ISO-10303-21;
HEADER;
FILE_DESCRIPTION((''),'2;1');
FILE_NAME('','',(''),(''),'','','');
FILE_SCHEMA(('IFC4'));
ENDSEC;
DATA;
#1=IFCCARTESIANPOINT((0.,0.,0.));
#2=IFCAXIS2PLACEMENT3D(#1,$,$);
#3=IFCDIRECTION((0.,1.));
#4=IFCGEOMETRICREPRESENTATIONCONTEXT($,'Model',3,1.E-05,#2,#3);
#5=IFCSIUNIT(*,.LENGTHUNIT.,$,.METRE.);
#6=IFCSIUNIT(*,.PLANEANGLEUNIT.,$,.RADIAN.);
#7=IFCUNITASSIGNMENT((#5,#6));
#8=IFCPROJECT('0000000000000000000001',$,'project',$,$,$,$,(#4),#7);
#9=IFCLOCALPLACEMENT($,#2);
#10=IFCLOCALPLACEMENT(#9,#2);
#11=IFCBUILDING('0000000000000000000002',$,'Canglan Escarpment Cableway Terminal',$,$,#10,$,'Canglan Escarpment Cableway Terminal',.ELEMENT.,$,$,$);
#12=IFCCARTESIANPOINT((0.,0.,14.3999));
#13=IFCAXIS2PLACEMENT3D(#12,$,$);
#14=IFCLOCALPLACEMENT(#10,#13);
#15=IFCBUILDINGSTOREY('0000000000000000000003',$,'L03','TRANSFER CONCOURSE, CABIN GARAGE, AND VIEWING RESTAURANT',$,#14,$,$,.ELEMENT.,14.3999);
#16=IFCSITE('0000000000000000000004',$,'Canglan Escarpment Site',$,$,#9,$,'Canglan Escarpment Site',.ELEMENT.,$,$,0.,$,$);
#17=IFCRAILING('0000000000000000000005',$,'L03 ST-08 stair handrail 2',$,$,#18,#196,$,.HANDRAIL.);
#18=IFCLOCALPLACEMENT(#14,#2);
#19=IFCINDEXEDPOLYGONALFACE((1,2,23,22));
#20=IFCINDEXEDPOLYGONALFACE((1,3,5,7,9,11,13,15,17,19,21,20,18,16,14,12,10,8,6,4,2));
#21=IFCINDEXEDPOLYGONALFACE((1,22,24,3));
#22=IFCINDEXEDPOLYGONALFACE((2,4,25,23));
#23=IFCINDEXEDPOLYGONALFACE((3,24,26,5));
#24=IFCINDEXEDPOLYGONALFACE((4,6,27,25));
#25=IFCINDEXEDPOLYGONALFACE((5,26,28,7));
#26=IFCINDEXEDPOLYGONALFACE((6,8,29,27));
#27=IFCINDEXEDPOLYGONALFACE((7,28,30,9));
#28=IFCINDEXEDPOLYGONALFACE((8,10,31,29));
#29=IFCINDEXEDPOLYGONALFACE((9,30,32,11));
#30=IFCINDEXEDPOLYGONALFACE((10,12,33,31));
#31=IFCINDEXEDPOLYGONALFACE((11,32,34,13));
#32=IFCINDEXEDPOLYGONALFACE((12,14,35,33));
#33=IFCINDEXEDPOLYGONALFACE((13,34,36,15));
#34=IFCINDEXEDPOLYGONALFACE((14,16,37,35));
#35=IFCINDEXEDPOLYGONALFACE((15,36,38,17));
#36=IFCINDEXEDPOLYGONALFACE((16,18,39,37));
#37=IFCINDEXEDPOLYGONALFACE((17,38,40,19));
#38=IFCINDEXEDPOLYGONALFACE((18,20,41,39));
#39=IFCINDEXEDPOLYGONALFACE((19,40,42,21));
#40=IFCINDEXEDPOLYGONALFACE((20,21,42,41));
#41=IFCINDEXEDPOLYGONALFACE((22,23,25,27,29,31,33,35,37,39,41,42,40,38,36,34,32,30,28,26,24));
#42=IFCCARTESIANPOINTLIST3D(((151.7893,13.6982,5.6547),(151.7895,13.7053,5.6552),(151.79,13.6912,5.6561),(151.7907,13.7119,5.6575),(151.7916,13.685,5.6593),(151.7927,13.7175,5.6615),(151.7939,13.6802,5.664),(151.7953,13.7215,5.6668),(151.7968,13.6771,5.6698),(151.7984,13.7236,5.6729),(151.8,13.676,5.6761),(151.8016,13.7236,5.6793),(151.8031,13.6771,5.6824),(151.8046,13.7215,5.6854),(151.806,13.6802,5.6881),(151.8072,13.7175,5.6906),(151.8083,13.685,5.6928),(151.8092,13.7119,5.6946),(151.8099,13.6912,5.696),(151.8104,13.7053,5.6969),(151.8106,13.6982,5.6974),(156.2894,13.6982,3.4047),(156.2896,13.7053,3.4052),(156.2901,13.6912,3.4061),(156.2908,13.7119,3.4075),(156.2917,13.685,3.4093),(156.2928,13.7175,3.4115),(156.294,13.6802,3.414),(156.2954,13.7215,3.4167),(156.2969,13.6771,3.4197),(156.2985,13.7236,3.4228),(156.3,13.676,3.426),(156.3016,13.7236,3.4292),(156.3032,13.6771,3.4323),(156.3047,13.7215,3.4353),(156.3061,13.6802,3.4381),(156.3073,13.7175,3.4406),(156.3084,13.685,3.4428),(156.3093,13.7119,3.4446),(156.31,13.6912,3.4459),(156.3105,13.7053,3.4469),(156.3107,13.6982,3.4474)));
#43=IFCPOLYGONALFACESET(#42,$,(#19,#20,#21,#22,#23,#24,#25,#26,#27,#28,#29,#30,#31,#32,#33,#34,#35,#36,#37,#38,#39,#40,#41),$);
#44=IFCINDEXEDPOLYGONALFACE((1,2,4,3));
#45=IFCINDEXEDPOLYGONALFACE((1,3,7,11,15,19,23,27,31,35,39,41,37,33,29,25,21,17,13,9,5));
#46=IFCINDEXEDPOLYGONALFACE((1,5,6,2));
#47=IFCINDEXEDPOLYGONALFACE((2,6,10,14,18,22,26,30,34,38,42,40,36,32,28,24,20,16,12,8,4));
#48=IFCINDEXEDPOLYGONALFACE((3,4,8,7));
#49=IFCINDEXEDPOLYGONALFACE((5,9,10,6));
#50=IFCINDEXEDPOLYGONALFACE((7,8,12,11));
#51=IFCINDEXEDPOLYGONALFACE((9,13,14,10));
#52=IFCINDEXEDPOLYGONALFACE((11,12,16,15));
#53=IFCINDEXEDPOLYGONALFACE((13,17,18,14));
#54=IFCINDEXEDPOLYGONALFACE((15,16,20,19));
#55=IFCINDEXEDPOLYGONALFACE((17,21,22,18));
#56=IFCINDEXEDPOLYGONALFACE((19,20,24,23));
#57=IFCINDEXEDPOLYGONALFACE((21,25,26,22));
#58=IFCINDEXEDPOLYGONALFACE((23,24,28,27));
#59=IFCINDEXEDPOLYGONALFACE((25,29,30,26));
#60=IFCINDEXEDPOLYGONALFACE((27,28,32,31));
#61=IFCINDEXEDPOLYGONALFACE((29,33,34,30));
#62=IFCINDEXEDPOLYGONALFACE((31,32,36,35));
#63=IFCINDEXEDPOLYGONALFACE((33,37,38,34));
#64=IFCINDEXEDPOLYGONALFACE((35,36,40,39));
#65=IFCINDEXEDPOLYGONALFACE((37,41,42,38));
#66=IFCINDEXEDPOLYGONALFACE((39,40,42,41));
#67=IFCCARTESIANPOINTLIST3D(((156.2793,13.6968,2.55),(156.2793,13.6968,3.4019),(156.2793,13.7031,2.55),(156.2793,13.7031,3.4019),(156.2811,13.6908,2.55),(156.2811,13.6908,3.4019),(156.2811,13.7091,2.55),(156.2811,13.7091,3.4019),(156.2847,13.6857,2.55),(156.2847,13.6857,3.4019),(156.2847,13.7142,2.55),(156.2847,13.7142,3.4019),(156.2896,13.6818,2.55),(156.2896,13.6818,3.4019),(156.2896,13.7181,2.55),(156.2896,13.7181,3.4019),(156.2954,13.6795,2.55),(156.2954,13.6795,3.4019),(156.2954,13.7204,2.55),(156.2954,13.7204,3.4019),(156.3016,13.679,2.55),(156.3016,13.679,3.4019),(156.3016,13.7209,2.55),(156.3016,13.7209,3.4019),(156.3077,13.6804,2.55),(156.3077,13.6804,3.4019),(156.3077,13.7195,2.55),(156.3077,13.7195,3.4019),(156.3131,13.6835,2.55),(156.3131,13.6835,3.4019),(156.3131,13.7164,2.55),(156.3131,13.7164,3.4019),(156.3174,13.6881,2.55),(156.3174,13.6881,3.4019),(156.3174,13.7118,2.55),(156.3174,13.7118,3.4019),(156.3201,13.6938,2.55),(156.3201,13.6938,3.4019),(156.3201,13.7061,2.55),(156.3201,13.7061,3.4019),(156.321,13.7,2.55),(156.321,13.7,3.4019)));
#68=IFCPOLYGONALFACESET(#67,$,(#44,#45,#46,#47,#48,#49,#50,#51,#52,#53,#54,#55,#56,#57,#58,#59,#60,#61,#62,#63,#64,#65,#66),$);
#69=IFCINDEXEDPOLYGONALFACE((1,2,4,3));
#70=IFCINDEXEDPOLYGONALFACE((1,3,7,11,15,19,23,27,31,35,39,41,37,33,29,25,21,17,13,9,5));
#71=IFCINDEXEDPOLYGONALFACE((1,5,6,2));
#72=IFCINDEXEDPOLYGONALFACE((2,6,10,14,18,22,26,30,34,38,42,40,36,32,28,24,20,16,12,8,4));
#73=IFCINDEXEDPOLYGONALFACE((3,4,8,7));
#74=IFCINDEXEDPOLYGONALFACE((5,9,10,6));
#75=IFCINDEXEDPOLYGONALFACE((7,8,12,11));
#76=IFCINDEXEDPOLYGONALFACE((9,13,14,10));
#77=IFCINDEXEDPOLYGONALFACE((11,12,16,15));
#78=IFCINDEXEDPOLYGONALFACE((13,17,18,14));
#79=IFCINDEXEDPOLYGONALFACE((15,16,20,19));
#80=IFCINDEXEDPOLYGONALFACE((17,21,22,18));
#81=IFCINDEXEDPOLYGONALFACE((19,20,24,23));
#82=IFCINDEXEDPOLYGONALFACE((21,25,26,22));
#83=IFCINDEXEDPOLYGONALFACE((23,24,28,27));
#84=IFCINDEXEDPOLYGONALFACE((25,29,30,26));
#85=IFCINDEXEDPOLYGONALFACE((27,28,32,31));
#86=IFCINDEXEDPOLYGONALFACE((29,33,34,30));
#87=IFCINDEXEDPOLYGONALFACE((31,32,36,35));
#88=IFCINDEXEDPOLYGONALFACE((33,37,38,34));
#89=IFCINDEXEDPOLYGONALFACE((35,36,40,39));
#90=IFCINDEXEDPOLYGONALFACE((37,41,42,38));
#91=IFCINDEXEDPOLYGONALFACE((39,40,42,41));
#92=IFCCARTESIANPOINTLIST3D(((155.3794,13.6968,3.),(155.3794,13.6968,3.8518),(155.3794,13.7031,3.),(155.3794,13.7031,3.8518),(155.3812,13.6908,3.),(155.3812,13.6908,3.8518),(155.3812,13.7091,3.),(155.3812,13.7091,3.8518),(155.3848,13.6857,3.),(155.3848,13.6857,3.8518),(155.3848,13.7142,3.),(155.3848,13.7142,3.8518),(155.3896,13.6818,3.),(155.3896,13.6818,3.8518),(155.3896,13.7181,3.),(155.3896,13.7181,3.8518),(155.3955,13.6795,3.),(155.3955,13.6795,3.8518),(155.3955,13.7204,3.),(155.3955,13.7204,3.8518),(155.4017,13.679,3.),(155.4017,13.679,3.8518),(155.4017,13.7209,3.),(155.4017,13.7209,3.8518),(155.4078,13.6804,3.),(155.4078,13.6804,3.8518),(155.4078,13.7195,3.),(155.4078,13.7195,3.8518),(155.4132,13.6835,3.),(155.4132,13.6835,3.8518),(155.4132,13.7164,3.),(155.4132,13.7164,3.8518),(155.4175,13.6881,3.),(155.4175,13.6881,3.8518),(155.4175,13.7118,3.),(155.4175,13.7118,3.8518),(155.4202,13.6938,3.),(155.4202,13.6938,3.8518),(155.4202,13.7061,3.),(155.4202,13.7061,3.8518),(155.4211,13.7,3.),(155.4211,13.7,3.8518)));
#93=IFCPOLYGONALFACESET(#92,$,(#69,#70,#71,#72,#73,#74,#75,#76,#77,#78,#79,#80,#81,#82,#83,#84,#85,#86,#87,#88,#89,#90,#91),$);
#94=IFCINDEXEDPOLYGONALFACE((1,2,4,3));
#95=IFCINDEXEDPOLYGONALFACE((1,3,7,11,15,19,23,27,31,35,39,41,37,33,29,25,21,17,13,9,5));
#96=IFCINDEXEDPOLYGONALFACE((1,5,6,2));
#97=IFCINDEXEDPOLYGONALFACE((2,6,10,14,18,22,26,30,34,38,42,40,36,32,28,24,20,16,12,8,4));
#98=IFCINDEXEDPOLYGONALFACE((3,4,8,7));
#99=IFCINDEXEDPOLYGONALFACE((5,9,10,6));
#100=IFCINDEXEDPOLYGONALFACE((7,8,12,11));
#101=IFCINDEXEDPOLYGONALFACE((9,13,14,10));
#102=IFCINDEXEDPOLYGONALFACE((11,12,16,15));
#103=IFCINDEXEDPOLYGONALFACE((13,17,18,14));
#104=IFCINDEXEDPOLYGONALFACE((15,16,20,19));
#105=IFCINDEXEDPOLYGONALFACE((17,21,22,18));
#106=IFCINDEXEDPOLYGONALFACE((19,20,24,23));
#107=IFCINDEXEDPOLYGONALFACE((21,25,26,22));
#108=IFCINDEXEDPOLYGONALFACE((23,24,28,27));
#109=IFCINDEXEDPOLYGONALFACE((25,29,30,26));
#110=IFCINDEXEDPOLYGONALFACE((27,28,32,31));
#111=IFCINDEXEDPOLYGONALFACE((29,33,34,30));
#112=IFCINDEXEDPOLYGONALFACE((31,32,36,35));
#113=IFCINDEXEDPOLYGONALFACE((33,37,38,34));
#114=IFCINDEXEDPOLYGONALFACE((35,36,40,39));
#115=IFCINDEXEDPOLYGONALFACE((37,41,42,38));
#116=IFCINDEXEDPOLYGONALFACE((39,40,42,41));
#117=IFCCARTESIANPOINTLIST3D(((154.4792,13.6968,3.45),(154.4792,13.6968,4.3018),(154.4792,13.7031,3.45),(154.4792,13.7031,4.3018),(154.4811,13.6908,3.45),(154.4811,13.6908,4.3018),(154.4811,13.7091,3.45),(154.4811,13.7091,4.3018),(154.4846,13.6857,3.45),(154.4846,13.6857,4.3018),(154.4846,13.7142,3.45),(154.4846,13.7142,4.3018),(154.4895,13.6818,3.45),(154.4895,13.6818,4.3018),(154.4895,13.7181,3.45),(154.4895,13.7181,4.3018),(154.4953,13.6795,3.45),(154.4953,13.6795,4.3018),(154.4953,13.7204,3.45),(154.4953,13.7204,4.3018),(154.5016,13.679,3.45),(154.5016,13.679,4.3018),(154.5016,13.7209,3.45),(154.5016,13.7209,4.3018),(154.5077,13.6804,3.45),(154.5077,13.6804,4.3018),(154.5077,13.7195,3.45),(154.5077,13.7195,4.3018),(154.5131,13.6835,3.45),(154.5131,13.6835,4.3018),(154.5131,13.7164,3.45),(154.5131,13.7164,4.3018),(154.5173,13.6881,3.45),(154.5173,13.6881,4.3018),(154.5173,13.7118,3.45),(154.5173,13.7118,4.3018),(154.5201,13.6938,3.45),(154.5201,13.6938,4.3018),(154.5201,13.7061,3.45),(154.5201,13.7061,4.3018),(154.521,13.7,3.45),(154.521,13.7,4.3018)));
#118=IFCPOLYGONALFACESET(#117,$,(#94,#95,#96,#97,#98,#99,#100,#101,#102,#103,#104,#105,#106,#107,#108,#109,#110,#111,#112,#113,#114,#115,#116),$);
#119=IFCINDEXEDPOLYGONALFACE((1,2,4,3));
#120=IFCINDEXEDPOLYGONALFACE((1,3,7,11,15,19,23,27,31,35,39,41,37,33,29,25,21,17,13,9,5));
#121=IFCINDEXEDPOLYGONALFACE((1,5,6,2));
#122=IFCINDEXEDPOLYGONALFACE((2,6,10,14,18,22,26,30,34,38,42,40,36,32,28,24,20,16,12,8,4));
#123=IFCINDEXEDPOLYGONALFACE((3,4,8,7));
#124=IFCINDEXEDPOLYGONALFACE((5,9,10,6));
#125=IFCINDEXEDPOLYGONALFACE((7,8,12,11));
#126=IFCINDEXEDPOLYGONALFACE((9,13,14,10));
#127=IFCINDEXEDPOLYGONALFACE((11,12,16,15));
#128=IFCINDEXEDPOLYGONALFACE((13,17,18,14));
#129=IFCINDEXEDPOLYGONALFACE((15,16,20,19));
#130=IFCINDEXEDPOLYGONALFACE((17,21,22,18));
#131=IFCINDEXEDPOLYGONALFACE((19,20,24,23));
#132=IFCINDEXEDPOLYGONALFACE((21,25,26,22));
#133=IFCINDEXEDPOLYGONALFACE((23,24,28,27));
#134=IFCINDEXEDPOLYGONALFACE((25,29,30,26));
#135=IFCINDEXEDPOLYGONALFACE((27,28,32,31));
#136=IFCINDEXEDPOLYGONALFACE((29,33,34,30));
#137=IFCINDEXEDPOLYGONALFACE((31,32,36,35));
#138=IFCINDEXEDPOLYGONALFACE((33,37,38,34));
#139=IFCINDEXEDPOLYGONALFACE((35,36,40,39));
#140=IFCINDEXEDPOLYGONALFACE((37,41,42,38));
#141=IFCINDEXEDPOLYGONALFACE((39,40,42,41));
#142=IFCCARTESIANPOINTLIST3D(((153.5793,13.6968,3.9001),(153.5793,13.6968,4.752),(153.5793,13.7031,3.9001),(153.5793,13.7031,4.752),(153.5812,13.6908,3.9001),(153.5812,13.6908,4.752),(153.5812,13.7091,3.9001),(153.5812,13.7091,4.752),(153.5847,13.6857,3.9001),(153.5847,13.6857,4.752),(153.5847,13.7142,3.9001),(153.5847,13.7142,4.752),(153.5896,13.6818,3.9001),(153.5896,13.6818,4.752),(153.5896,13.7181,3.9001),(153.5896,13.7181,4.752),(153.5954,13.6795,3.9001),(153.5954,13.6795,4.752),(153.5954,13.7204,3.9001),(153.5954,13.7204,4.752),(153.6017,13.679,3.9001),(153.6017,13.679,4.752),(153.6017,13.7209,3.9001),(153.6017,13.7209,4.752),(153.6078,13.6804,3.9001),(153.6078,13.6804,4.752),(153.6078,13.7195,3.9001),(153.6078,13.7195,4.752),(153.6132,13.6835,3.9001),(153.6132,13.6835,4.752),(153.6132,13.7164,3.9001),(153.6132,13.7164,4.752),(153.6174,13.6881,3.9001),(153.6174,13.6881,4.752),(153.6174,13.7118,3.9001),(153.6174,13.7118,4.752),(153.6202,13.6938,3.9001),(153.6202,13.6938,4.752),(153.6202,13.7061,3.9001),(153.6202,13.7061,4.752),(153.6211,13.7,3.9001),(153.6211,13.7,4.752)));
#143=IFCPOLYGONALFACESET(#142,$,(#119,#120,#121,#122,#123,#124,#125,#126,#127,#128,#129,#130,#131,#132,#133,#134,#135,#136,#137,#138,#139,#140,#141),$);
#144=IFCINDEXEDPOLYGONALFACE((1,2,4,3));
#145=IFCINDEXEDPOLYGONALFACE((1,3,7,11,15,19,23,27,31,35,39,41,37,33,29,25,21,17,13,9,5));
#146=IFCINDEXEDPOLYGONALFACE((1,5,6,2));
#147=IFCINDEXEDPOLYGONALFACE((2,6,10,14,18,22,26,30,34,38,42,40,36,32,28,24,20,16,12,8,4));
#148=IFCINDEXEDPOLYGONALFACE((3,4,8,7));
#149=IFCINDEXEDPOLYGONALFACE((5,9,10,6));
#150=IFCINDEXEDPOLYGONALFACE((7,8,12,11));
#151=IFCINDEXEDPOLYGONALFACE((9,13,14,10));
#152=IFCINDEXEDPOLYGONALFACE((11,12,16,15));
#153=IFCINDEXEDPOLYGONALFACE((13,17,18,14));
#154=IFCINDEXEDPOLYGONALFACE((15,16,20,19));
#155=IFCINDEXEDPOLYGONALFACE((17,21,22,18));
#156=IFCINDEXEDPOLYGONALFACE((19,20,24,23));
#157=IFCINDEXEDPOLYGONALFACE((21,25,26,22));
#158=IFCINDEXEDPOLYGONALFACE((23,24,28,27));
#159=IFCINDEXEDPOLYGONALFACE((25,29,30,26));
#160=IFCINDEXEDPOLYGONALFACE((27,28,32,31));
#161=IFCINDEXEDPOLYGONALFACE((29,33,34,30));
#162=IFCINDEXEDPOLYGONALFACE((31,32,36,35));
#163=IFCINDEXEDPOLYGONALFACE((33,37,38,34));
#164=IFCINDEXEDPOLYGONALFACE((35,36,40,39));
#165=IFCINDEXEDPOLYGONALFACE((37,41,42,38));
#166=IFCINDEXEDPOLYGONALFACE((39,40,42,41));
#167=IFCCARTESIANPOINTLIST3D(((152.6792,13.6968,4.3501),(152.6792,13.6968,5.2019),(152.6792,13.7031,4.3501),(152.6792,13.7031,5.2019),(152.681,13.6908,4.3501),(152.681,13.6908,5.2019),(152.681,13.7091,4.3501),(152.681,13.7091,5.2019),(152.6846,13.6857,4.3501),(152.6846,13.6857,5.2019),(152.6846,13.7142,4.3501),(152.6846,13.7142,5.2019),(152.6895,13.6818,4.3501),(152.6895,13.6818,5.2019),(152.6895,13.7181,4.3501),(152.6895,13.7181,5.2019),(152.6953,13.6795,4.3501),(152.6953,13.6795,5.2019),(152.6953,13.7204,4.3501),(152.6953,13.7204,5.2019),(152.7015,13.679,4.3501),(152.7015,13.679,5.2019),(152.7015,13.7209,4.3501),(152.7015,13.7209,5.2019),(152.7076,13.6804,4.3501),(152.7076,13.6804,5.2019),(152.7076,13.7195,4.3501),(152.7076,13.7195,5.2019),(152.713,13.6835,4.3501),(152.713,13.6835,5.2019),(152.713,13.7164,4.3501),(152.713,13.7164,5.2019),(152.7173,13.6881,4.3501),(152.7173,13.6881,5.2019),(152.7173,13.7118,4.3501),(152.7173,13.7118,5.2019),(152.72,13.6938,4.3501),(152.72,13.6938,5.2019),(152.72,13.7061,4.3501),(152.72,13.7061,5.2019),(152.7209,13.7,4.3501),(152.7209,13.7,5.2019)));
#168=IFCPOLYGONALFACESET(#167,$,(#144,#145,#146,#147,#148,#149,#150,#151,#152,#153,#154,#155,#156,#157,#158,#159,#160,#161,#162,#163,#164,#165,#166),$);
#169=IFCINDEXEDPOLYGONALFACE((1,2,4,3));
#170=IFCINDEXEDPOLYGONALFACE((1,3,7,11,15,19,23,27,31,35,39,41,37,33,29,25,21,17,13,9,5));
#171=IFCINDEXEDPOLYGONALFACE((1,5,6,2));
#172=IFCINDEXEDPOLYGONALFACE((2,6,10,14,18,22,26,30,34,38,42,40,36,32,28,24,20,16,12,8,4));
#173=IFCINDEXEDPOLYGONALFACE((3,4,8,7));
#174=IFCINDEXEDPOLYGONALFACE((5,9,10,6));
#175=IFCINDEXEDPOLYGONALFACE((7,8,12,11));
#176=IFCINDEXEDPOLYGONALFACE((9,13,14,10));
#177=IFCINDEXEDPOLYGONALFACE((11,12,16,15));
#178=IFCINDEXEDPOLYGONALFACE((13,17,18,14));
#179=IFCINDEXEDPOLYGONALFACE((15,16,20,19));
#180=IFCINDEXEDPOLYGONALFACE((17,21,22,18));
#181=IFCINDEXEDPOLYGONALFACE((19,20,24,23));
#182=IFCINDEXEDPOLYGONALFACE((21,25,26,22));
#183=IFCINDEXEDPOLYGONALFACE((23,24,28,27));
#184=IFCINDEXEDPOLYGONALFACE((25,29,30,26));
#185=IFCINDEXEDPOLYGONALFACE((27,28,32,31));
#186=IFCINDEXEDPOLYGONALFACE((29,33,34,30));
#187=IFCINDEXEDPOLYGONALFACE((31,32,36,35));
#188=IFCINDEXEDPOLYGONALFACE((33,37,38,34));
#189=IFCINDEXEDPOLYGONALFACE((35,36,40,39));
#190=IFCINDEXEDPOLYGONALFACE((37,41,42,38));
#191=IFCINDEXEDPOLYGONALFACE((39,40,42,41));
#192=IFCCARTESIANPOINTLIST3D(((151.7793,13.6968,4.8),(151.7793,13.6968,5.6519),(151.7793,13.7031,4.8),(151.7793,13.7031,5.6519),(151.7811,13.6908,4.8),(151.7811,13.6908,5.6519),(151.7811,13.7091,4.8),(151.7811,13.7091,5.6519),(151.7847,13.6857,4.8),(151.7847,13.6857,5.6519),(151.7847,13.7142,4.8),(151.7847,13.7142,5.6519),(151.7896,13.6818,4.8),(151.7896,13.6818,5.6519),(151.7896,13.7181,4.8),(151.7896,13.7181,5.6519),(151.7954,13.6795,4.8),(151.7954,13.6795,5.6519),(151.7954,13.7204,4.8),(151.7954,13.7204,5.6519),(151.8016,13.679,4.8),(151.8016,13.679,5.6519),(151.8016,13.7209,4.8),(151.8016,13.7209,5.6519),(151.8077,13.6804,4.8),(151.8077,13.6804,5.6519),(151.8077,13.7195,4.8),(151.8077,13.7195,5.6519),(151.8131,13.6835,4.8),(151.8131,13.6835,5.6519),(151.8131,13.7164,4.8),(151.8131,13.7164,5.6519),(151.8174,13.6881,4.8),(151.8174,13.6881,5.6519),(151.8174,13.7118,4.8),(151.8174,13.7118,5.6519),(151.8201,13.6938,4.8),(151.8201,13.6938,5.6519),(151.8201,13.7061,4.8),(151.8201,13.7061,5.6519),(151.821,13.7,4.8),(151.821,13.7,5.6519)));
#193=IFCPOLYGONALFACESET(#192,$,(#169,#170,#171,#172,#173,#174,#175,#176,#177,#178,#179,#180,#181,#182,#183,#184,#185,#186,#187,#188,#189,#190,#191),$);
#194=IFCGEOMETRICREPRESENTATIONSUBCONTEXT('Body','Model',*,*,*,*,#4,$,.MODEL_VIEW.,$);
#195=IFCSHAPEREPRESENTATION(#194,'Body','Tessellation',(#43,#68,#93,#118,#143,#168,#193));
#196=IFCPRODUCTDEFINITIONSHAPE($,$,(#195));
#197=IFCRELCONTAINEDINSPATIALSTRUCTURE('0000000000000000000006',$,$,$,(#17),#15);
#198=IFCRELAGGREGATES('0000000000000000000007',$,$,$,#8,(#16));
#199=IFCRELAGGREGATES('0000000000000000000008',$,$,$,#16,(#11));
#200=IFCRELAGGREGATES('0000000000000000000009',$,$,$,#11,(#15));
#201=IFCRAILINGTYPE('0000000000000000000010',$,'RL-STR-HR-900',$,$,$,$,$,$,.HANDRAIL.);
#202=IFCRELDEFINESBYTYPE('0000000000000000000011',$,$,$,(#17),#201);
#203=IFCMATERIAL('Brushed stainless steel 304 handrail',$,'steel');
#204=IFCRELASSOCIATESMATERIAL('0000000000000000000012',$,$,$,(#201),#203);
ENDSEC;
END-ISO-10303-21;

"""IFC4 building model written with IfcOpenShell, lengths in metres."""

from ifc_helpers import new_model, si_unit, direction, frame, origin, origin_2d, place, context, subcontext, project, spatial, circle, extrude, material, type_object, element, save


model = new_model("IFC4")

# Units and contexts
model_context = context("Model", 3, precision=1e-05, world=origin(), true_north=direction((0.0, 1.0)))
body_context = subcontext(model_context, "Body", "Model", "MODEL_VIEW")
ifc_project = project(units=[si_unit("LENGTHUNIT", "METRE"), si_unit("PLANEANGLEUNIT", "RADIAN")], contexts=[model_context])

# Site, building, storey
site_placement = place(None, origin())
site = spatial("IfcSite", under=ifc_project, at=site_placement, Name="Canglan Escarpment Site", LongName="Canglan Escarpment Site", CompositionType="ELEMENT", RefElevation=0.0)
building_placement = place(site_placement, origin())
building = spatial("IfcBuilding", under=site, at=building_placement, Name="Canglan Escarpment Cableway Terminal", LongName="Canglan Escarpment Cableway Terminal", CompositionType="ELEMENT")
storey_placement = place(building_placement, frame((0.0, 0.0, 14.3999)))
storey = spatial("IfcBuildingStorey", under=building, at=storey_placement, Name="L03", Description="TRANSFER CONCOURSE, CABIN GARAGE, AND VIEWING RESTAURANT", CompositionType="ELEMENT", Elevation=14.3999)

# Railing
ifc_material_1 = material(Name="Brushed stainless steel 304 handrail", Category="steel")
railing_type_1 = type_object("IfcRailingType", Name="RL-STR-HR-900", PredefinedType="HANDRAIL", material=ifc_material_1)
railing_1_placement = place(storey_placement, frame((156.3, 13.7, 2.55)))
element("IfcRailing", 1, at=railing_1_placement, inside=storey, type_object=railing_type_1, Name="L03 ST-08 stair handrail 2", PredefinedType="HANDRAIL", context=body_context, shape_type="SweptSolid", body=[
    extrude(circle(Radius=0.0239, at=origin_2d()), frame((0.0, 0.0, 0.876), z_axis=(-0.894427, 0.0, 0.447214), x_axis=(0.0, -1.0, 0.0)), (0.0, 0.0, 1.0), 5.0312),
    extrude(circle(Radius=0.021, at=origin_2d()), origin(), (0.0, 0.0, 1.0), 0.8518),
    extrude(circle(Radius=0.021, at=origin_2d()), frame((-0.8999, 0.0, 0.45)), (0.0, 0.0, 1.0), 0.8518),
    extrude(circle(Radius=0.021, at=origin_2d()), frame((-1.8, 0.0, 0.8999)), (0.0, 0.0, 1.0), 0.8518),
    extrude(circle(Radius=0.021, at=origin_2d()), frame((-2.7, 0.0, 1.3501)), (0.0, 0.0, 1.0), 0.8518),
    extrude(circle(Radius=0.021, at=origin_2d()), frame((-3.6001, 0.0, 1.8)), (0.0, 0.0, 1.0), 0.8518),
    extrude(circle(Radius=0.021, at=origin_2d()), frame((-4.5, 0.0, 2.25)), (0.0, 0.0, 1.0), 0.8518),
])

save(model, "model.ifc")
